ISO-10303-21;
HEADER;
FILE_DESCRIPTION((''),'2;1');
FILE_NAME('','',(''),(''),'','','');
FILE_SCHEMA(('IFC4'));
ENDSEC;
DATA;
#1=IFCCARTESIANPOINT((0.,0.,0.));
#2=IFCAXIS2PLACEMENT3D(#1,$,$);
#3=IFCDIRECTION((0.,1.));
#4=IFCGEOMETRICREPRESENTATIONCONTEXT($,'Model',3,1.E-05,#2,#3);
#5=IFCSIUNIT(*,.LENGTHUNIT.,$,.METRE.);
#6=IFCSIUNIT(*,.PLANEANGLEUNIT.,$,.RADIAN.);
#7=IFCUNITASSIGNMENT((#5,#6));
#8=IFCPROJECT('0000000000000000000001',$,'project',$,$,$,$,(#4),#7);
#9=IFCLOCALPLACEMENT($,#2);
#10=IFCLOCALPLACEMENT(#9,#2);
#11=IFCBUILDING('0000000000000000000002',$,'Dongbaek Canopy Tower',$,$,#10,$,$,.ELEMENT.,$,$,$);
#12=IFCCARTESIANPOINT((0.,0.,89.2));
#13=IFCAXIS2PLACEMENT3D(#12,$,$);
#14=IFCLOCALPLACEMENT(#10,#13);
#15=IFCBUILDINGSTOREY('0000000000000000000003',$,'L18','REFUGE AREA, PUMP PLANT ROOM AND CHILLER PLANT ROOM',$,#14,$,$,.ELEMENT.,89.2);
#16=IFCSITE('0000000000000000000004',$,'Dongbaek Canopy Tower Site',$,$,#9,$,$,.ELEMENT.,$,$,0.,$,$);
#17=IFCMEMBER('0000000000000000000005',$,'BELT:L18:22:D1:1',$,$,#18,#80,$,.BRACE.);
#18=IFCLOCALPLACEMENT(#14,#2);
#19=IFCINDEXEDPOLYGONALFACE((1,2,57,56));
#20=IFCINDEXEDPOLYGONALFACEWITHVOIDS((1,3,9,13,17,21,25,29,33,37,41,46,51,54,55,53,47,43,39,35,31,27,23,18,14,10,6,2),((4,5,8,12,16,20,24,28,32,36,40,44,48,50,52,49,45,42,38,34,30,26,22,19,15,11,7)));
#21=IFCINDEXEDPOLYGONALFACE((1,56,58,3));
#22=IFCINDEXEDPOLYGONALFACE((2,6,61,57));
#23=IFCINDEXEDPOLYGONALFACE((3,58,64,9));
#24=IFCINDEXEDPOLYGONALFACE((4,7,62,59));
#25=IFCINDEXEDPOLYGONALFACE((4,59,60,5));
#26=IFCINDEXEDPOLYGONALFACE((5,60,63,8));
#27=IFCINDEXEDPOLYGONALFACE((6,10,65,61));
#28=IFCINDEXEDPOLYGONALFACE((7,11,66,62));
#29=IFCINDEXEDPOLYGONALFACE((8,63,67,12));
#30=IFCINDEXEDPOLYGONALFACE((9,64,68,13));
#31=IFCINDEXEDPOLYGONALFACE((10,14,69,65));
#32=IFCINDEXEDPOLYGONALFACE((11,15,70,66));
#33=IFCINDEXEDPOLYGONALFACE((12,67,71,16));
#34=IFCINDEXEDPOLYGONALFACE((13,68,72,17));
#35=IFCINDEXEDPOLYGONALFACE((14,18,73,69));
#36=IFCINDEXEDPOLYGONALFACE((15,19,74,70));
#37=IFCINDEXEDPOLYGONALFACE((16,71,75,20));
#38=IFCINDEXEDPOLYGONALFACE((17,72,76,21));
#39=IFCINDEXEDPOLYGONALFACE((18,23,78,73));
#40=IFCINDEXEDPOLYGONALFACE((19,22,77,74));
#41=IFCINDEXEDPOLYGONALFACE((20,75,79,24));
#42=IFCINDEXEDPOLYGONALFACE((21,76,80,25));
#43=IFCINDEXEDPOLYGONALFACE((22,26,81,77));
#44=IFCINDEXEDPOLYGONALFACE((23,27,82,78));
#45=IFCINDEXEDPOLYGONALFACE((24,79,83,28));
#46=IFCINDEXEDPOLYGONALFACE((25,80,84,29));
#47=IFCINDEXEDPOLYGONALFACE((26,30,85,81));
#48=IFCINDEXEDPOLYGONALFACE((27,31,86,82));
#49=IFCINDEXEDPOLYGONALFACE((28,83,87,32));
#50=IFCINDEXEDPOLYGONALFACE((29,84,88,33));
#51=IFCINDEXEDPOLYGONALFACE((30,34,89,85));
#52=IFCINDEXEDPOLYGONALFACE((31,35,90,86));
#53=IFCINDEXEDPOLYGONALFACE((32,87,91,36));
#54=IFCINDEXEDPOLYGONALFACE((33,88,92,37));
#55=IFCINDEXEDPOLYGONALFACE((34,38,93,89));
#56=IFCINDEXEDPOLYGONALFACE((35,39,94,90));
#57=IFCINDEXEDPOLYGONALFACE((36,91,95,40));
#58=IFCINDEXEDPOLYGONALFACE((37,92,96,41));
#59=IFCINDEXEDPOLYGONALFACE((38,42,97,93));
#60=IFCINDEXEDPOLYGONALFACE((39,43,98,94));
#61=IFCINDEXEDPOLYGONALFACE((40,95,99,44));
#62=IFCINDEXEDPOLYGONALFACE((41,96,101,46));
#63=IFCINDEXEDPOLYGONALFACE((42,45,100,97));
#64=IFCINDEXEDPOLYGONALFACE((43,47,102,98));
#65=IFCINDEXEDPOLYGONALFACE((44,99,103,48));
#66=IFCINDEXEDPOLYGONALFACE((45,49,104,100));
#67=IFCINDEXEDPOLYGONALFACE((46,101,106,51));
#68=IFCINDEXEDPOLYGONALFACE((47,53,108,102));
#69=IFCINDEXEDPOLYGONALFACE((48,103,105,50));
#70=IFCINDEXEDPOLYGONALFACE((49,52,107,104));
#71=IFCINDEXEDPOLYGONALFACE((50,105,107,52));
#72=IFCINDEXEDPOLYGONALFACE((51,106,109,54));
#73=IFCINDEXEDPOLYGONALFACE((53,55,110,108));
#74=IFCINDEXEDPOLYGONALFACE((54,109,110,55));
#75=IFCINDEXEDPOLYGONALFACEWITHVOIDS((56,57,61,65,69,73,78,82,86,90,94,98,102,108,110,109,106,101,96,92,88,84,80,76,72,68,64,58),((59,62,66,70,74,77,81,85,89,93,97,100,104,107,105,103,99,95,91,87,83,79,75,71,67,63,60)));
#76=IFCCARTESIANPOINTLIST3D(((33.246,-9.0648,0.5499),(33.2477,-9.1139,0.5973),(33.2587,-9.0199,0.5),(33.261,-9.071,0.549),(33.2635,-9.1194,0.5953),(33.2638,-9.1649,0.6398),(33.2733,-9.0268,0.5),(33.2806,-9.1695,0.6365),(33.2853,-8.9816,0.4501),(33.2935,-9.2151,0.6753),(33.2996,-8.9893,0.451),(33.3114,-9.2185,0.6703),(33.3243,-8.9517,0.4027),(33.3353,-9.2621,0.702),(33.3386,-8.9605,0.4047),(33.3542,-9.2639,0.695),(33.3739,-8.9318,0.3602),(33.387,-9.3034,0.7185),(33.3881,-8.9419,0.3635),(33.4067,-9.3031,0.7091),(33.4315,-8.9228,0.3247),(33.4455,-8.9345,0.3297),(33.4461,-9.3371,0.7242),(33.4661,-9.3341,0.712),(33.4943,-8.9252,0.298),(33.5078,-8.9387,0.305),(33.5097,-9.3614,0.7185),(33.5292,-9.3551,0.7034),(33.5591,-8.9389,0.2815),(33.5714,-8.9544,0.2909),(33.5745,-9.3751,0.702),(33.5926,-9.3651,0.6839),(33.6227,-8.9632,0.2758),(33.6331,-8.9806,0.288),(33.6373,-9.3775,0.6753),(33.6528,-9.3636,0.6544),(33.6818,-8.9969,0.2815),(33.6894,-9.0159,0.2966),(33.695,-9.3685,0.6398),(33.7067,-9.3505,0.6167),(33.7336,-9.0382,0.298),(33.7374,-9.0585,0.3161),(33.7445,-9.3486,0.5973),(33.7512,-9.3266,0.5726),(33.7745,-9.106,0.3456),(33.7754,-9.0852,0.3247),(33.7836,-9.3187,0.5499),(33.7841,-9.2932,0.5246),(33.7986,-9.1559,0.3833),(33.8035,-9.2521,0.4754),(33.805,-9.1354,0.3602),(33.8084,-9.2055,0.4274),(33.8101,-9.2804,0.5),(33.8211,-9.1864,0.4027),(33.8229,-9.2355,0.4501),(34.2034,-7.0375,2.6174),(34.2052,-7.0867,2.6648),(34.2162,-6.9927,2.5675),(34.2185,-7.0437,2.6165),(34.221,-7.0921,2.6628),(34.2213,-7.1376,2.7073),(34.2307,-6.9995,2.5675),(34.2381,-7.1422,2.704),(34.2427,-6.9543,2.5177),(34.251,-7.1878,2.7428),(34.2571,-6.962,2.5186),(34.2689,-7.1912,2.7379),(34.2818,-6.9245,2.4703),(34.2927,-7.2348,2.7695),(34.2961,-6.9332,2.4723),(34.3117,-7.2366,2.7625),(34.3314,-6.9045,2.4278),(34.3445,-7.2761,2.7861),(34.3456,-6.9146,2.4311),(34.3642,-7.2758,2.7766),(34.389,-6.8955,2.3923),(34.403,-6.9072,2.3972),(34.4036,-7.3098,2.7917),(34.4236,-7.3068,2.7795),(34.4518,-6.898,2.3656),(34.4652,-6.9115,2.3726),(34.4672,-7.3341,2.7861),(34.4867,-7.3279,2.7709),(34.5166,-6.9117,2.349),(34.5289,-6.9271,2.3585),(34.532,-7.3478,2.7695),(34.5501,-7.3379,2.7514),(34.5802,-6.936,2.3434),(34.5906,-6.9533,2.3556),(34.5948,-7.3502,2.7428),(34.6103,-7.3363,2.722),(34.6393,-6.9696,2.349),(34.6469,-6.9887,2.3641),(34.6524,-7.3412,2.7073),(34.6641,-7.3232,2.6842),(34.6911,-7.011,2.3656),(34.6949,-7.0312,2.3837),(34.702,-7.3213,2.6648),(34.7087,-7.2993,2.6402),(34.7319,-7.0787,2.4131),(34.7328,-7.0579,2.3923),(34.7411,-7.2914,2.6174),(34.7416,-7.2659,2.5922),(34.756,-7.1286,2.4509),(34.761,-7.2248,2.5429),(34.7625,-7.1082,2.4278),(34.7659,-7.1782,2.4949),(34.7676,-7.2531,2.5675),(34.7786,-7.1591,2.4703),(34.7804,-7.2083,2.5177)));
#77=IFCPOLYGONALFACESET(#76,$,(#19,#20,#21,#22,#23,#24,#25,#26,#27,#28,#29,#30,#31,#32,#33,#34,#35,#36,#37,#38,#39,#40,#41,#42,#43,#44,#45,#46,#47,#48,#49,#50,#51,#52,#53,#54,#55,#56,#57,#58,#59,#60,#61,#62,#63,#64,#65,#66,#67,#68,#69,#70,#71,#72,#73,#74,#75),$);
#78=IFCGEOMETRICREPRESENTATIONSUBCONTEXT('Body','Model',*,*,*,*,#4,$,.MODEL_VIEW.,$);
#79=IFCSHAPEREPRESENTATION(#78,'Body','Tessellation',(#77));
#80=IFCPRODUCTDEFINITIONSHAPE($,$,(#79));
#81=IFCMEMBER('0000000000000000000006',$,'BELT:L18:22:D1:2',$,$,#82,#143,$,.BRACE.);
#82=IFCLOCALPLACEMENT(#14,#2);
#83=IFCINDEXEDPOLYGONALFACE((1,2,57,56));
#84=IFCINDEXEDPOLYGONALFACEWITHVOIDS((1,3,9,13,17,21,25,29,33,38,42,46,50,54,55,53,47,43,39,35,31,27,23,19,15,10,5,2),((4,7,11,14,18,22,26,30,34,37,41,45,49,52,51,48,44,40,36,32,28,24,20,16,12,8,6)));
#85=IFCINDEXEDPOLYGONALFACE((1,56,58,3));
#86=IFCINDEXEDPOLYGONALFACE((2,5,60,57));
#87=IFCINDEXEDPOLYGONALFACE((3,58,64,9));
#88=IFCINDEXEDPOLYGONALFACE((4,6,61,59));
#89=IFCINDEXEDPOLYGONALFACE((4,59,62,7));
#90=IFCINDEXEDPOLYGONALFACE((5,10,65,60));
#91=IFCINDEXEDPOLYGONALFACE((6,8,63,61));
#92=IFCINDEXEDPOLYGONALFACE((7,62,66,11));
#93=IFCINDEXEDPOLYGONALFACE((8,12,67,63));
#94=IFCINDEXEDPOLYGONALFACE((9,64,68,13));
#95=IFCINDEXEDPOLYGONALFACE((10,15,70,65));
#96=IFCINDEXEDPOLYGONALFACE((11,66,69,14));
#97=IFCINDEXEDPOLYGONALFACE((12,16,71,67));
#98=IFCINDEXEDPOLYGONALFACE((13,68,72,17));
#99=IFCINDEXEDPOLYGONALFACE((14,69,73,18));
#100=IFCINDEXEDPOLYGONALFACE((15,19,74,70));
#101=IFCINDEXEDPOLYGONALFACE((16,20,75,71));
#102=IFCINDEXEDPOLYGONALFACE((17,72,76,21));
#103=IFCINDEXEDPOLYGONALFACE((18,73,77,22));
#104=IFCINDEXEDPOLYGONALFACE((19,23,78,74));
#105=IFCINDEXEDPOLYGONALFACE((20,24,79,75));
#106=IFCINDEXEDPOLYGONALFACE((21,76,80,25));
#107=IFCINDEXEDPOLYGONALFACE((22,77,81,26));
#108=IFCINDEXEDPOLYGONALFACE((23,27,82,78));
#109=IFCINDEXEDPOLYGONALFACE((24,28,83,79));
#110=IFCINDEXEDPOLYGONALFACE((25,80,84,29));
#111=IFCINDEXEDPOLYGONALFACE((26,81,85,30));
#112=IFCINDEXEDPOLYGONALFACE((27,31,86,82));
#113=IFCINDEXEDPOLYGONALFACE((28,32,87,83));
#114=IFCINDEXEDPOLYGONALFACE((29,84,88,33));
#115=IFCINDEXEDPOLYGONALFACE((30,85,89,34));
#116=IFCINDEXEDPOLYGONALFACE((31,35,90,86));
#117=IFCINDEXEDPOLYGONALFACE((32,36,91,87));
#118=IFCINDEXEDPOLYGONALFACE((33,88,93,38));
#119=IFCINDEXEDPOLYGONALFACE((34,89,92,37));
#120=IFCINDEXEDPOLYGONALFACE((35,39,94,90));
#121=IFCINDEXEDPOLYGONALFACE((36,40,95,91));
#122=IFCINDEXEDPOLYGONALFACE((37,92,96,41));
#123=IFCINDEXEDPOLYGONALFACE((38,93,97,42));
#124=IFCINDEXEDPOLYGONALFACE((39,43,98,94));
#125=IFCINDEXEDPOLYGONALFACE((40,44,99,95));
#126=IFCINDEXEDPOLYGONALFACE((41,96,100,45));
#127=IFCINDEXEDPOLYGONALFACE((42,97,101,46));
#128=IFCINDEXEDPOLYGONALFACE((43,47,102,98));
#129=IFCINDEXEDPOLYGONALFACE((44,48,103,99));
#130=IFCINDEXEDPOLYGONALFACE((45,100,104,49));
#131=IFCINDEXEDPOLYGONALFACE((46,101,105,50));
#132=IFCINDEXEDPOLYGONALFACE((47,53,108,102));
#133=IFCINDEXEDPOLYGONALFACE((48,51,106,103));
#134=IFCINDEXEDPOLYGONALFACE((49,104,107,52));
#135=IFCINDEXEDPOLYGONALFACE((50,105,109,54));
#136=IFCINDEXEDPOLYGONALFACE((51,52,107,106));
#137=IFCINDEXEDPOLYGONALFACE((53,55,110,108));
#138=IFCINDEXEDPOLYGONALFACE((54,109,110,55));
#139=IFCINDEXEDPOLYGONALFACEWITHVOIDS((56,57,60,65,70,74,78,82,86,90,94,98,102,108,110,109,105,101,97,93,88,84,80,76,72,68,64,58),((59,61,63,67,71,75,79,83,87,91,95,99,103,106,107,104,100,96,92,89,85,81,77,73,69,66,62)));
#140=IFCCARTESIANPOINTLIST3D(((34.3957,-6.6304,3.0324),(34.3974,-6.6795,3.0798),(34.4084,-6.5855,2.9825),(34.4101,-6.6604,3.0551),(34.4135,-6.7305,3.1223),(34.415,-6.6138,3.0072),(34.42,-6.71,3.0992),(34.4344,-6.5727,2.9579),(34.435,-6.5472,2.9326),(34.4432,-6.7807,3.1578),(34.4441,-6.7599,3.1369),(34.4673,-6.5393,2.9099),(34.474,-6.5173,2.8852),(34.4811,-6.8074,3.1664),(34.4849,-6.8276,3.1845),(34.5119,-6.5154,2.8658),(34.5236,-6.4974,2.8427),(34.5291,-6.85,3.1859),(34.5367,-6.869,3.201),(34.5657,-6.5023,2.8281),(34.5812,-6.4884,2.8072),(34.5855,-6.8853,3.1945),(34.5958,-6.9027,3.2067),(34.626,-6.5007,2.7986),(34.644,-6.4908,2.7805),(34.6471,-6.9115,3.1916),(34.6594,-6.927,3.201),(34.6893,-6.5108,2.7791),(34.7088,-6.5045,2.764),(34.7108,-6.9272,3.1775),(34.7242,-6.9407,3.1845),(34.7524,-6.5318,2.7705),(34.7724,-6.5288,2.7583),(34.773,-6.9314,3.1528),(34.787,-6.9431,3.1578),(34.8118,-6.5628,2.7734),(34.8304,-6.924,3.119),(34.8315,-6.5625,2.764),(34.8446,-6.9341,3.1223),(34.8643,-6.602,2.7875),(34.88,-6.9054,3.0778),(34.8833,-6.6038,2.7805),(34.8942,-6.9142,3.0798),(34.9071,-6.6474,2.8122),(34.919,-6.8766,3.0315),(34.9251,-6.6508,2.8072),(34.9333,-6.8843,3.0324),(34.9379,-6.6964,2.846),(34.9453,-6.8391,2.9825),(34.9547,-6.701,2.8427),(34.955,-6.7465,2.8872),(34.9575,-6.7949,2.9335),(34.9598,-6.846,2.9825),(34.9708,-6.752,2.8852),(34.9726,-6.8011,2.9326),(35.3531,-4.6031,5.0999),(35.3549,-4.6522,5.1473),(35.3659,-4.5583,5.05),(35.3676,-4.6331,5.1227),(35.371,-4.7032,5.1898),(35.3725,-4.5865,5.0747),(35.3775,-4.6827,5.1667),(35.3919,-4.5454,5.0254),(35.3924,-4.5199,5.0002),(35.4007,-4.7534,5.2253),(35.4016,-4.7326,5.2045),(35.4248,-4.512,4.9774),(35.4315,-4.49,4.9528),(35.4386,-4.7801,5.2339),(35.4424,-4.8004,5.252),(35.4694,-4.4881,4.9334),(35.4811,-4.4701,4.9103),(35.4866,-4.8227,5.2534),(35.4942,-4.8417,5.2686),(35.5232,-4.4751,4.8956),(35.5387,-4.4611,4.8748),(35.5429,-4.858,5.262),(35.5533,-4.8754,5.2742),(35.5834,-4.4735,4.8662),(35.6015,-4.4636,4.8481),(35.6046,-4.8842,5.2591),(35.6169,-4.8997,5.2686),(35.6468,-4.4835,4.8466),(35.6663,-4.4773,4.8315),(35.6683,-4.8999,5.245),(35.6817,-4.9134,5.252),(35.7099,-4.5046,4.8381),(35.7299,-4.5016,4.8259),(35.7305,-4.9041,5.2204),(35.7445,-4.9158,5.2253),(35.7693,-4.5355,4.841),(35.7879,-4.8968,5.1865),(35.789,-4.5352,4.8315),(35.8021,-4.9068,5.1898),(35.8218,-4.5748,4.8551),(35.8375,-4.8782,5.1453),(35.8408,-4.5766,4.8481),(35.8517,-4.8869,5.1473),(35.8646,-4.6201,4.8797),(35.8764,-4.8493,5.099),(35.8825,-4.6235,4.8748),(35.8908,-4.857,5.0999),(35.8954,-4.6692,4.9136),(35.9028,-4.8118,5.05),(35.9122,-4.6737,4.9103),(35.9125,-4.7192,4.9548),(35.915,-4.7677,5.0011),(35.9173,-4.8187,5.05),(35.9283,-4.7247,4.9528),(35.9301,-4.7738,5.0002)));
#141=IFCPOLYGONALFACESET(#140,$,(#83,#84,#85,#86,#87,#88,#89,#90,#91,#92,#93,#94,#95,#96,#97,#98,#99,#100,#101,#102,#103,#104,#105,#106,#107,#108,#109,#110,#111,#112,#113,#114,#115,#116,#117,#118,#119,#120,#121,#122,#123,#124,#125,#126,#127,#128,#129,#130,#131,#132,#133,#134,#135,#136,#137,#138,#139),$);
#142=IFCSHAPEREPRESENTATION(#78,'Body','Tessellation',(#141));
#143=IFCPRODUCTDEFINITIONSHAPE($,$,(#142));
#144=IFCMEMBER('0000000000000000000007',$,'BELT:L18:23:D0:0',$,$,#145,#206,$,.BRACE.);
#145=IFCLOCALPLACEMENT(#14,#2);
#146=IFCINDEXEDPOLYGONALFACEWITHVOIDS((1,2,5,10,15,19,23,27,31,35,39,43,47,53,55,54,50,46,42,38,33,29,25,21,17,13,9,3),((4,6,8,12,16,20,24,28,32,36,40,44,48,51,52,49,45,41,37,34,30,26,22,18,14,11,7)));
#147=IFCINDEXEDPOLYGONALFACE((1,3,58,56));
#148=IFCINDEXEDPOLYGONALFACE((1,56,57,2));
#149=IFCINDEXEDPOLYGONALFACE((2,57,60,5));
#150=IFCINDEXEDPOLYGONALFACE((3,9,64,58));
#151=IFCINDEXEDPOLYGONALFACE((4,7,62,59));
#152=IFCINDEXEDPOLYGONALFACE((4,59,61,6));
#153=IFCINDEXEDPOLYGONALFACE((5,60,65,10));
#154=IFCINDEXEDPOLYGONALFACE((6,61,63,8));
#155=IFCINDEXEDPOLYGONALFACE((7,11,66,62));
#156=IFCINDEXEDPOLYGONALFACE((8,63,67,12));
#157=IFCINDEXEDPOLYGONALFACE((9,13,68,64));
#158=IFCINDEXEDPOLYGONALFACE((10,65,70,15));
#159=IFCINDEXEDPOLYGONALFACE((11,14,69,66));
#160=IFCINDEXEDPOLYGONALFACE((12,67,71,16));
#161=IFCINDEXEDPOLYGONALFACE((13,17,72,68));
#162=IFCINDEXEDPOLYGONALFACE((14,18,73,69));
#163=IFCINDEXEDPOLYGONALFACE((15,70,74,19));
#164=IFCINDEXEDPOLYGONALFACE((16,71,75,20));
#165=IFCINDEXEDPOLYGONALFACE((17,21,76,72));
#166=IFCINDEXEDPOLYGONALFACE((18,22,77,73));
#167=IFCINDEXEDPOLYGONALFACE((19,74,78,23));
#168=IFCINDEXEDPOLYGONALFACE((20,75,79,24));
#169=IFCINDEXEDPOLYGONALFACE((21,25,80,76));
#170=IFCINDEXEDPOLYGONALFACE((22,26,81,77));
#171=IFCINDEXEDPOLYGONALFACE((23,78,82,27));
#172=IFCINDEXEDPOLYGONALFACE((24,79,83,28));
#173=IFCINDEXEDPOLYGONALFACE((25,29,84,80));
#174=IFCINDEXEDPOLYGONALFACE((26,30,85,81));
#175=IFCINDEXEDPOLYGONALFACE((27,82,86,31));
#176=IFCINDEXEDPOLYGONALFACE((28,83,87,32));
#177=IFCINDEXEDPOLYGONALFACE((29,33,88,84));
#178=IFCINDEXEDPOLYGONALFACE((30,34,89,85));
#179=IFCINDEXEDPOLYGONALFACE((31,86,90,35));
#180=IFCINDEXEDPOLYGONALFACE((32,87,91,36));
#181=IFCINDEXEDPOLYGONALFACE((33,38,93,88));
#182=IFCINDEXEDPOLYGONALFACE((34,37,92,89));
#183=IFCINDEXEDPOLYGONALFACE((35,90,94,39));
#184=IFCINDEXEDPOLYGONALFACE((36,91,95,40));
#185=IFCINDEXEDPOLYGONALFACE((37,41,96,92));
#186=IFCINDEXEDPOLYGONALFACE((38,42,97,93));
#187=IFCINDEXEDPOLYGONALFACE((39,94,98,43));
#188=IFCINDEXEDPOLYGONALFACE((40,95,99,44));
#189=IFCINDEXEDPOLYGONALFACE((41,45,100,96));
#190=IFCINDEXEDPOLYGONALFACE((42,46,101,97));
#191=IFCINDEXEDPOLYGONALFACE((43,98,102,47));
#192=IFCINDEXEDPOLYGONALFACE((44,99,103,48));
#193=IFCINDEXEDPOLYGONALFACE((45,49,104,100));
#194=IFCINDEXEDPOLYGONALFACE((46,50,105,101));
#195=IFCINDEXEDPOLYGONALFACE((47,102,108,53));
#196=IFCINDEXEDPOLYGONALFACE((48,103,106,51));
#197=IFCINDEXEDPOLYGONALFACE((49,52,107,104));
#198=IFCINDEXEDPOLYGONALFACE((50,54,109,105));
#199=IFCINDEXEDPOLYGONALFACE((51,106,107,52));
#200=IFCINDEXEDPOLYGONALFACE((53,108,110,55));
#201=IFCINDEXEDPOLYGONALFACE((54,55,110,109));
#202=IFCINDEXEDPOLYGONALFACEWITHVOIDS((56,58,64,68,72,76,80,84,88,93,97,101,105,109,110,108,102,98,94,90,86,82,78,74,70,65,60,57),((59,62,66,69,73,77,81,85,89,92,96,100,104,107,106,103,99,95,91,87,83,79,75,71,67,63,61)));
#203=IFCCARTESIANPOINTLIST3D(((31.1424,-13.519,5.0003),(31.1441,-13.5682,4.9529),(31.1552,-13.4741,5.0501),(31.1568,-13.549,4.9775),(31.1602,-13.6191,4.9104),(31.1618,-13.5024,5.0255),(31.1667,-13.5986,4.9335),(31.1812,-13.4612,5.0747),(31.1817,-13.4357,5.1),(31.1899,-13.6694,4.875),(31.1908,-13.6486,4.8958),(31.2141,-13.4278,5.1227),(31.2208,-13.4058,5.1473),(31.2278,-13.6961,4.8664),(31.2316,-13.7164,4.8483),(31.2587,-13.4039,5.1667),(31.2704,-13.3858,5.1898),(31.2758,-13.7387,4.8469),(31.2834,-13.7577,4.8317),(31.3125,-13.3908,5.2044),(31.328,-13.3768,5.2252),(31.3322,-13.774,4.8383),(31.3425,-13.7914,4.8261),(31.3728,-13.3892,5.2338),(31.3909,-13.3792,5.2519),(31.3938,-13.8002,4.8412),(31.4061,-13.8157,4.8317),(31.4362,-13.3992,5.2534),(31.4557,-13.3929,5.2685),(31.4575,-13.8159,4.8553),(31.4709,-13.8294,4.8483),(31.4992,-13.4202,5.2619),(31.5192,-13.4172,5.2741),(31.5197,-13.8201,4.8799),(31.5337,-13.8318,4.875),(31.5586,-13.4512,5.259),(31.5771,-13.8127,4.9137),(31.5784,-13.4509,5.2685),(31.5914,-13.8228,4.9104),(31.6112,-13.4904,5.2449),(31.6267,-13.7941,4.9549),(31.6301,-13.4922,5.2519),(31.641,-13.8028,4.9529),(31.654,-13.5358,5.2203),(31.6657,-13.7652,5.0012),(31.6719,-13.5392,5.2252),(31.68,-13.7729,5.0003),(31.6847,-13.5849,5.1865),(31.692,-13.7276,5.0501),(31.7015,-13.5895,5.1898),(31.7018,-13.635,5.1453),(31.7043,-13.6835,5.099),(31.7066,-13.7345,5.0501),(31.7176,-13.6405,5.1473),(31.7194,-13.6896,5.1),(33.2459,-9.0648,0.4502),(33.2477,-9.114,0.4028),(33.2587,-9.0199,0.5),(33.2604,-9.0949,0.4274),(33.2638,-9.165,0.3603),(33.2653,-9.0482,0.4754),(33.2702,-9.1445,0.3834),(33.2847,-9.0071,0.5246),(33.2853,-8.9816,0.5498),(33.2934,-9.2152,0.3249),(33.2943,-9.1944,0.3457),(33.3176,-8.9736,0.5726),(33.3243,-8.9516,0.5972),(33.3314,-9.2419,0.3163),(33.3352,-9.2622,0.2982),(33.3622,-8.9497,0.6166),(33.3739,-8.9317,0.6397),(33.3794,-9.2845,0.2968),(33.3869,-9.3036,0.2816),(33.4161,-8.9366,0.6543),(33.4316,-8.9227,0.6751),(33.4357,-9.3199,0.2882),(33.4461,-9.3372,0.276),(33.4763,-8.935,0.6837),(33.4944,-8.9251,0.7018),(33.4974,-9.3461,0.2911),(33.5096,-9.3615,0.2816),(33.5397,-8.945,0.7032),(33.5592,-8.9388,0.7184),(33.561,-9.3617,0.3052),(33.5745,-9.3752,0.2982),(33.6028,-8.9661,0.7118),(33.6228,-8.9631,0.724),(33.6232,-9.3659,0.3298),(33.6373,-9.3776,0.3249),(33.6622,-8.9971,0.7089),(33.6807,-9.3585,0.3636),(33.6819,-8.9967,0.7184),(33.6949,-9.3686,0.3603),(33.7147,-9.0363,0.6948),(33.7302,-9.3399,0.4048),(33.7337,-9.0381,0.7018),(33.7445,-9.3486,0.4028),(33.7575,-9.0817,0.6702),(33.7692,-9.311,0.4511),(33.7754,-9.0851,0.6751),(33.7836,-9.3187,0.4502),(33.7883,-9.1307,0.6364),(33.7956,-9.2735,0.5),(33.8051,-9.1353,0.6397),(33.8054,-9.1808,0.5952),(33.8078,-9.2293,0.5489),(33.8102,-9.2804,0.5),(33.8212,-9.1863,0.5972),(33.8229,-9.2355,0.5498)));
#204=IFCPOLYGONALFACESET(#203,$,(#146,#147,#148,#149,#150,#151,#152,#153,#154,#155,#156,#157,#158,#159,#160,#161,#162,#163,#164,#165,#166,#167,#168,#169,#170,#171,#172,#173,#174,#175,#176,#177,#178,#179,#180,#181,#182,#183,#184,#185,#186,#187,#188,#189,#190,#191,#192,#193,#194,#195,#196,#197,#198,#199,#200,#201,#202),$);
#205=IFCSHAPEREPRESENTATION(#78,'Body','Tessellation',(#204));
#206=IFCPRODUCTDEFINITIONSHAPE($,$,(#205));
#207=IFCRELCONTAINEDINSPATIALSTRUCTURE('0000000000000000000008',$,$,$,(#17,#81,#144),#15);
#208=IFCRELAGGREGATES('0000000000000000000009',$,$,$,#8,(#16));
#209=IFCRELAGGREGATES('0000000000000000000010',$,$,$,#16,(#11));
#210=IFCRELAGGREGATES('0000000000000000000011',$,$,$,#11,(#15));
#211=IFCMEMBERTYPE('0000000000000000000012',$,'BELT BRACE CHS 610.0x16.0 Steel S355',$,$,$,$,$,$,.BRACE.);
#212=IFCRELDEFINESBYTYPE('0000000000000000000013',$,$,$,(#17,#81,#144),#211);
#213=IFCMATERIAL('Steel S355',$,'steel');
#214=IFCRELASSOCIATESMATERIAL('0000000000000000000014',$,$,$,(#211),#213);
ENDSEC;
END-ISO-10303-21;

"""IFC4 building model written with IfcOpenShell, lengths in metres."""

from ifc_helpers import new_model, si_unit, direction, frame, origin, origin_2d, place, context, subcontext, project, spatial, hollow_circle, extrude, material, material_profile, profile_set, type_object, element, save


model = new_model("IFC4")

# Units and contexts
model_context = context("Model", 3, precision=1e-05, world=origin(), true_north=direction((0.0, 1.0)))
body_context = subcontext(model_context, "Body", "Model", "MODEL_VIEW")
ifc_project = project(units=[si_unit("LENGTHUNIT", "METRE"), si_unit("PLANEANGLEUNIT", "RADIAN")], contexts=[model_context])

# Site, building, storey
site_placement = place(None, origin())
site = spatial("IfcSite", under=ifc_project, at=site_placement, Name="Dongbaek Canopy Tower Site", CompositionType="ELEMENT", RefElevation=0.0)
building_placement = place(site_placement, origin())
building = spatial("IfcBuilding", under=site, at=building_placement, Name="Dongbaek Canopy Tower", CompositionType="ELEMENT")
storey_placement = place(building_placement, frame((0.0, 0.0, 89.2)))
storey = spatial("IfcBuildingStorey", under=building, at=storey_placement, Name="L18", Description="REFUGE AREA, PUMP PLANT ROOM AND CHILLER PLANT ROOM", CompositionType="ELEMENT", Elevation=89.2)

# Members
ifc_material_1 = material(Name="Steel S355", Category="steel")
ifc_material_profile_1 = material_profile(ifc_material_1, hollow_circle(Radius=0.3049, WallThickness=0.0161, at=origin_2d()), Name="BELT BRACE CHS 610.0x16.0 Steel S355")
ifc_profile_set_1 = profile_set([ifc_material_profile_1], Name="Steel S355")
member_type_1 = type_object("IfcMemberType", Name="BELT BRACE CHS 610.0x16.0 Steel S355", PredefinedType="BRACE", material=ifc_profile_set_1)
for number, where, z_axis, x_axis, name in (
    (1, (33.5344, -9.1501, 0.5), (0.313948, 0.664719, 0.677927), (-0.904221, 0.427066, 0.0), "BELT:L18:22:D1:1"),
    (2, (35.6416, -4.6885, 5.05), (-0.313948, -0.664719, -0.677927), (0.904221, -0.427066, 0.0), "BELT:L18:22:D1:2"),
):
    element("IfcMember", number, at=place(storey_placement, frame(where, z_axis=z_axis, x_axis=x_axis)), inside=storey, type_object=member_type_1, Name=name, PredefinedType="BRACE", context=body_context, shape_type="SweptSolid", body=[
        extrude(hollow_circle(Radius=0.3049, WallThickness=0.0161, at=origin_2d()), origin(), (0.0, 0.0, 1.0), 3.0498),
    ])
member_1_placement = place(storey_placement, frame((33.5344, -9.1501, 0.5), z_axis=(-0.31369, -0.664224, 0.678532), x_axis=(0.904234, -0.427038, 0.0)))
element("IfcMember", 3, at=member_1_placement, inside=storey, type_object=member_type_1, Name="BELT:L18:23:D0:0", PredefinedType="BRACE", context=body_context, shape_type="SweptSolid", body=[
    extrude(hollow_circle(Radius=0.3049, WallThickness=0.0161, at=origin_2d()), origin(), (0.0, 0.0, 1.0), 6.7058),
])

save(model, "model.ifc")
